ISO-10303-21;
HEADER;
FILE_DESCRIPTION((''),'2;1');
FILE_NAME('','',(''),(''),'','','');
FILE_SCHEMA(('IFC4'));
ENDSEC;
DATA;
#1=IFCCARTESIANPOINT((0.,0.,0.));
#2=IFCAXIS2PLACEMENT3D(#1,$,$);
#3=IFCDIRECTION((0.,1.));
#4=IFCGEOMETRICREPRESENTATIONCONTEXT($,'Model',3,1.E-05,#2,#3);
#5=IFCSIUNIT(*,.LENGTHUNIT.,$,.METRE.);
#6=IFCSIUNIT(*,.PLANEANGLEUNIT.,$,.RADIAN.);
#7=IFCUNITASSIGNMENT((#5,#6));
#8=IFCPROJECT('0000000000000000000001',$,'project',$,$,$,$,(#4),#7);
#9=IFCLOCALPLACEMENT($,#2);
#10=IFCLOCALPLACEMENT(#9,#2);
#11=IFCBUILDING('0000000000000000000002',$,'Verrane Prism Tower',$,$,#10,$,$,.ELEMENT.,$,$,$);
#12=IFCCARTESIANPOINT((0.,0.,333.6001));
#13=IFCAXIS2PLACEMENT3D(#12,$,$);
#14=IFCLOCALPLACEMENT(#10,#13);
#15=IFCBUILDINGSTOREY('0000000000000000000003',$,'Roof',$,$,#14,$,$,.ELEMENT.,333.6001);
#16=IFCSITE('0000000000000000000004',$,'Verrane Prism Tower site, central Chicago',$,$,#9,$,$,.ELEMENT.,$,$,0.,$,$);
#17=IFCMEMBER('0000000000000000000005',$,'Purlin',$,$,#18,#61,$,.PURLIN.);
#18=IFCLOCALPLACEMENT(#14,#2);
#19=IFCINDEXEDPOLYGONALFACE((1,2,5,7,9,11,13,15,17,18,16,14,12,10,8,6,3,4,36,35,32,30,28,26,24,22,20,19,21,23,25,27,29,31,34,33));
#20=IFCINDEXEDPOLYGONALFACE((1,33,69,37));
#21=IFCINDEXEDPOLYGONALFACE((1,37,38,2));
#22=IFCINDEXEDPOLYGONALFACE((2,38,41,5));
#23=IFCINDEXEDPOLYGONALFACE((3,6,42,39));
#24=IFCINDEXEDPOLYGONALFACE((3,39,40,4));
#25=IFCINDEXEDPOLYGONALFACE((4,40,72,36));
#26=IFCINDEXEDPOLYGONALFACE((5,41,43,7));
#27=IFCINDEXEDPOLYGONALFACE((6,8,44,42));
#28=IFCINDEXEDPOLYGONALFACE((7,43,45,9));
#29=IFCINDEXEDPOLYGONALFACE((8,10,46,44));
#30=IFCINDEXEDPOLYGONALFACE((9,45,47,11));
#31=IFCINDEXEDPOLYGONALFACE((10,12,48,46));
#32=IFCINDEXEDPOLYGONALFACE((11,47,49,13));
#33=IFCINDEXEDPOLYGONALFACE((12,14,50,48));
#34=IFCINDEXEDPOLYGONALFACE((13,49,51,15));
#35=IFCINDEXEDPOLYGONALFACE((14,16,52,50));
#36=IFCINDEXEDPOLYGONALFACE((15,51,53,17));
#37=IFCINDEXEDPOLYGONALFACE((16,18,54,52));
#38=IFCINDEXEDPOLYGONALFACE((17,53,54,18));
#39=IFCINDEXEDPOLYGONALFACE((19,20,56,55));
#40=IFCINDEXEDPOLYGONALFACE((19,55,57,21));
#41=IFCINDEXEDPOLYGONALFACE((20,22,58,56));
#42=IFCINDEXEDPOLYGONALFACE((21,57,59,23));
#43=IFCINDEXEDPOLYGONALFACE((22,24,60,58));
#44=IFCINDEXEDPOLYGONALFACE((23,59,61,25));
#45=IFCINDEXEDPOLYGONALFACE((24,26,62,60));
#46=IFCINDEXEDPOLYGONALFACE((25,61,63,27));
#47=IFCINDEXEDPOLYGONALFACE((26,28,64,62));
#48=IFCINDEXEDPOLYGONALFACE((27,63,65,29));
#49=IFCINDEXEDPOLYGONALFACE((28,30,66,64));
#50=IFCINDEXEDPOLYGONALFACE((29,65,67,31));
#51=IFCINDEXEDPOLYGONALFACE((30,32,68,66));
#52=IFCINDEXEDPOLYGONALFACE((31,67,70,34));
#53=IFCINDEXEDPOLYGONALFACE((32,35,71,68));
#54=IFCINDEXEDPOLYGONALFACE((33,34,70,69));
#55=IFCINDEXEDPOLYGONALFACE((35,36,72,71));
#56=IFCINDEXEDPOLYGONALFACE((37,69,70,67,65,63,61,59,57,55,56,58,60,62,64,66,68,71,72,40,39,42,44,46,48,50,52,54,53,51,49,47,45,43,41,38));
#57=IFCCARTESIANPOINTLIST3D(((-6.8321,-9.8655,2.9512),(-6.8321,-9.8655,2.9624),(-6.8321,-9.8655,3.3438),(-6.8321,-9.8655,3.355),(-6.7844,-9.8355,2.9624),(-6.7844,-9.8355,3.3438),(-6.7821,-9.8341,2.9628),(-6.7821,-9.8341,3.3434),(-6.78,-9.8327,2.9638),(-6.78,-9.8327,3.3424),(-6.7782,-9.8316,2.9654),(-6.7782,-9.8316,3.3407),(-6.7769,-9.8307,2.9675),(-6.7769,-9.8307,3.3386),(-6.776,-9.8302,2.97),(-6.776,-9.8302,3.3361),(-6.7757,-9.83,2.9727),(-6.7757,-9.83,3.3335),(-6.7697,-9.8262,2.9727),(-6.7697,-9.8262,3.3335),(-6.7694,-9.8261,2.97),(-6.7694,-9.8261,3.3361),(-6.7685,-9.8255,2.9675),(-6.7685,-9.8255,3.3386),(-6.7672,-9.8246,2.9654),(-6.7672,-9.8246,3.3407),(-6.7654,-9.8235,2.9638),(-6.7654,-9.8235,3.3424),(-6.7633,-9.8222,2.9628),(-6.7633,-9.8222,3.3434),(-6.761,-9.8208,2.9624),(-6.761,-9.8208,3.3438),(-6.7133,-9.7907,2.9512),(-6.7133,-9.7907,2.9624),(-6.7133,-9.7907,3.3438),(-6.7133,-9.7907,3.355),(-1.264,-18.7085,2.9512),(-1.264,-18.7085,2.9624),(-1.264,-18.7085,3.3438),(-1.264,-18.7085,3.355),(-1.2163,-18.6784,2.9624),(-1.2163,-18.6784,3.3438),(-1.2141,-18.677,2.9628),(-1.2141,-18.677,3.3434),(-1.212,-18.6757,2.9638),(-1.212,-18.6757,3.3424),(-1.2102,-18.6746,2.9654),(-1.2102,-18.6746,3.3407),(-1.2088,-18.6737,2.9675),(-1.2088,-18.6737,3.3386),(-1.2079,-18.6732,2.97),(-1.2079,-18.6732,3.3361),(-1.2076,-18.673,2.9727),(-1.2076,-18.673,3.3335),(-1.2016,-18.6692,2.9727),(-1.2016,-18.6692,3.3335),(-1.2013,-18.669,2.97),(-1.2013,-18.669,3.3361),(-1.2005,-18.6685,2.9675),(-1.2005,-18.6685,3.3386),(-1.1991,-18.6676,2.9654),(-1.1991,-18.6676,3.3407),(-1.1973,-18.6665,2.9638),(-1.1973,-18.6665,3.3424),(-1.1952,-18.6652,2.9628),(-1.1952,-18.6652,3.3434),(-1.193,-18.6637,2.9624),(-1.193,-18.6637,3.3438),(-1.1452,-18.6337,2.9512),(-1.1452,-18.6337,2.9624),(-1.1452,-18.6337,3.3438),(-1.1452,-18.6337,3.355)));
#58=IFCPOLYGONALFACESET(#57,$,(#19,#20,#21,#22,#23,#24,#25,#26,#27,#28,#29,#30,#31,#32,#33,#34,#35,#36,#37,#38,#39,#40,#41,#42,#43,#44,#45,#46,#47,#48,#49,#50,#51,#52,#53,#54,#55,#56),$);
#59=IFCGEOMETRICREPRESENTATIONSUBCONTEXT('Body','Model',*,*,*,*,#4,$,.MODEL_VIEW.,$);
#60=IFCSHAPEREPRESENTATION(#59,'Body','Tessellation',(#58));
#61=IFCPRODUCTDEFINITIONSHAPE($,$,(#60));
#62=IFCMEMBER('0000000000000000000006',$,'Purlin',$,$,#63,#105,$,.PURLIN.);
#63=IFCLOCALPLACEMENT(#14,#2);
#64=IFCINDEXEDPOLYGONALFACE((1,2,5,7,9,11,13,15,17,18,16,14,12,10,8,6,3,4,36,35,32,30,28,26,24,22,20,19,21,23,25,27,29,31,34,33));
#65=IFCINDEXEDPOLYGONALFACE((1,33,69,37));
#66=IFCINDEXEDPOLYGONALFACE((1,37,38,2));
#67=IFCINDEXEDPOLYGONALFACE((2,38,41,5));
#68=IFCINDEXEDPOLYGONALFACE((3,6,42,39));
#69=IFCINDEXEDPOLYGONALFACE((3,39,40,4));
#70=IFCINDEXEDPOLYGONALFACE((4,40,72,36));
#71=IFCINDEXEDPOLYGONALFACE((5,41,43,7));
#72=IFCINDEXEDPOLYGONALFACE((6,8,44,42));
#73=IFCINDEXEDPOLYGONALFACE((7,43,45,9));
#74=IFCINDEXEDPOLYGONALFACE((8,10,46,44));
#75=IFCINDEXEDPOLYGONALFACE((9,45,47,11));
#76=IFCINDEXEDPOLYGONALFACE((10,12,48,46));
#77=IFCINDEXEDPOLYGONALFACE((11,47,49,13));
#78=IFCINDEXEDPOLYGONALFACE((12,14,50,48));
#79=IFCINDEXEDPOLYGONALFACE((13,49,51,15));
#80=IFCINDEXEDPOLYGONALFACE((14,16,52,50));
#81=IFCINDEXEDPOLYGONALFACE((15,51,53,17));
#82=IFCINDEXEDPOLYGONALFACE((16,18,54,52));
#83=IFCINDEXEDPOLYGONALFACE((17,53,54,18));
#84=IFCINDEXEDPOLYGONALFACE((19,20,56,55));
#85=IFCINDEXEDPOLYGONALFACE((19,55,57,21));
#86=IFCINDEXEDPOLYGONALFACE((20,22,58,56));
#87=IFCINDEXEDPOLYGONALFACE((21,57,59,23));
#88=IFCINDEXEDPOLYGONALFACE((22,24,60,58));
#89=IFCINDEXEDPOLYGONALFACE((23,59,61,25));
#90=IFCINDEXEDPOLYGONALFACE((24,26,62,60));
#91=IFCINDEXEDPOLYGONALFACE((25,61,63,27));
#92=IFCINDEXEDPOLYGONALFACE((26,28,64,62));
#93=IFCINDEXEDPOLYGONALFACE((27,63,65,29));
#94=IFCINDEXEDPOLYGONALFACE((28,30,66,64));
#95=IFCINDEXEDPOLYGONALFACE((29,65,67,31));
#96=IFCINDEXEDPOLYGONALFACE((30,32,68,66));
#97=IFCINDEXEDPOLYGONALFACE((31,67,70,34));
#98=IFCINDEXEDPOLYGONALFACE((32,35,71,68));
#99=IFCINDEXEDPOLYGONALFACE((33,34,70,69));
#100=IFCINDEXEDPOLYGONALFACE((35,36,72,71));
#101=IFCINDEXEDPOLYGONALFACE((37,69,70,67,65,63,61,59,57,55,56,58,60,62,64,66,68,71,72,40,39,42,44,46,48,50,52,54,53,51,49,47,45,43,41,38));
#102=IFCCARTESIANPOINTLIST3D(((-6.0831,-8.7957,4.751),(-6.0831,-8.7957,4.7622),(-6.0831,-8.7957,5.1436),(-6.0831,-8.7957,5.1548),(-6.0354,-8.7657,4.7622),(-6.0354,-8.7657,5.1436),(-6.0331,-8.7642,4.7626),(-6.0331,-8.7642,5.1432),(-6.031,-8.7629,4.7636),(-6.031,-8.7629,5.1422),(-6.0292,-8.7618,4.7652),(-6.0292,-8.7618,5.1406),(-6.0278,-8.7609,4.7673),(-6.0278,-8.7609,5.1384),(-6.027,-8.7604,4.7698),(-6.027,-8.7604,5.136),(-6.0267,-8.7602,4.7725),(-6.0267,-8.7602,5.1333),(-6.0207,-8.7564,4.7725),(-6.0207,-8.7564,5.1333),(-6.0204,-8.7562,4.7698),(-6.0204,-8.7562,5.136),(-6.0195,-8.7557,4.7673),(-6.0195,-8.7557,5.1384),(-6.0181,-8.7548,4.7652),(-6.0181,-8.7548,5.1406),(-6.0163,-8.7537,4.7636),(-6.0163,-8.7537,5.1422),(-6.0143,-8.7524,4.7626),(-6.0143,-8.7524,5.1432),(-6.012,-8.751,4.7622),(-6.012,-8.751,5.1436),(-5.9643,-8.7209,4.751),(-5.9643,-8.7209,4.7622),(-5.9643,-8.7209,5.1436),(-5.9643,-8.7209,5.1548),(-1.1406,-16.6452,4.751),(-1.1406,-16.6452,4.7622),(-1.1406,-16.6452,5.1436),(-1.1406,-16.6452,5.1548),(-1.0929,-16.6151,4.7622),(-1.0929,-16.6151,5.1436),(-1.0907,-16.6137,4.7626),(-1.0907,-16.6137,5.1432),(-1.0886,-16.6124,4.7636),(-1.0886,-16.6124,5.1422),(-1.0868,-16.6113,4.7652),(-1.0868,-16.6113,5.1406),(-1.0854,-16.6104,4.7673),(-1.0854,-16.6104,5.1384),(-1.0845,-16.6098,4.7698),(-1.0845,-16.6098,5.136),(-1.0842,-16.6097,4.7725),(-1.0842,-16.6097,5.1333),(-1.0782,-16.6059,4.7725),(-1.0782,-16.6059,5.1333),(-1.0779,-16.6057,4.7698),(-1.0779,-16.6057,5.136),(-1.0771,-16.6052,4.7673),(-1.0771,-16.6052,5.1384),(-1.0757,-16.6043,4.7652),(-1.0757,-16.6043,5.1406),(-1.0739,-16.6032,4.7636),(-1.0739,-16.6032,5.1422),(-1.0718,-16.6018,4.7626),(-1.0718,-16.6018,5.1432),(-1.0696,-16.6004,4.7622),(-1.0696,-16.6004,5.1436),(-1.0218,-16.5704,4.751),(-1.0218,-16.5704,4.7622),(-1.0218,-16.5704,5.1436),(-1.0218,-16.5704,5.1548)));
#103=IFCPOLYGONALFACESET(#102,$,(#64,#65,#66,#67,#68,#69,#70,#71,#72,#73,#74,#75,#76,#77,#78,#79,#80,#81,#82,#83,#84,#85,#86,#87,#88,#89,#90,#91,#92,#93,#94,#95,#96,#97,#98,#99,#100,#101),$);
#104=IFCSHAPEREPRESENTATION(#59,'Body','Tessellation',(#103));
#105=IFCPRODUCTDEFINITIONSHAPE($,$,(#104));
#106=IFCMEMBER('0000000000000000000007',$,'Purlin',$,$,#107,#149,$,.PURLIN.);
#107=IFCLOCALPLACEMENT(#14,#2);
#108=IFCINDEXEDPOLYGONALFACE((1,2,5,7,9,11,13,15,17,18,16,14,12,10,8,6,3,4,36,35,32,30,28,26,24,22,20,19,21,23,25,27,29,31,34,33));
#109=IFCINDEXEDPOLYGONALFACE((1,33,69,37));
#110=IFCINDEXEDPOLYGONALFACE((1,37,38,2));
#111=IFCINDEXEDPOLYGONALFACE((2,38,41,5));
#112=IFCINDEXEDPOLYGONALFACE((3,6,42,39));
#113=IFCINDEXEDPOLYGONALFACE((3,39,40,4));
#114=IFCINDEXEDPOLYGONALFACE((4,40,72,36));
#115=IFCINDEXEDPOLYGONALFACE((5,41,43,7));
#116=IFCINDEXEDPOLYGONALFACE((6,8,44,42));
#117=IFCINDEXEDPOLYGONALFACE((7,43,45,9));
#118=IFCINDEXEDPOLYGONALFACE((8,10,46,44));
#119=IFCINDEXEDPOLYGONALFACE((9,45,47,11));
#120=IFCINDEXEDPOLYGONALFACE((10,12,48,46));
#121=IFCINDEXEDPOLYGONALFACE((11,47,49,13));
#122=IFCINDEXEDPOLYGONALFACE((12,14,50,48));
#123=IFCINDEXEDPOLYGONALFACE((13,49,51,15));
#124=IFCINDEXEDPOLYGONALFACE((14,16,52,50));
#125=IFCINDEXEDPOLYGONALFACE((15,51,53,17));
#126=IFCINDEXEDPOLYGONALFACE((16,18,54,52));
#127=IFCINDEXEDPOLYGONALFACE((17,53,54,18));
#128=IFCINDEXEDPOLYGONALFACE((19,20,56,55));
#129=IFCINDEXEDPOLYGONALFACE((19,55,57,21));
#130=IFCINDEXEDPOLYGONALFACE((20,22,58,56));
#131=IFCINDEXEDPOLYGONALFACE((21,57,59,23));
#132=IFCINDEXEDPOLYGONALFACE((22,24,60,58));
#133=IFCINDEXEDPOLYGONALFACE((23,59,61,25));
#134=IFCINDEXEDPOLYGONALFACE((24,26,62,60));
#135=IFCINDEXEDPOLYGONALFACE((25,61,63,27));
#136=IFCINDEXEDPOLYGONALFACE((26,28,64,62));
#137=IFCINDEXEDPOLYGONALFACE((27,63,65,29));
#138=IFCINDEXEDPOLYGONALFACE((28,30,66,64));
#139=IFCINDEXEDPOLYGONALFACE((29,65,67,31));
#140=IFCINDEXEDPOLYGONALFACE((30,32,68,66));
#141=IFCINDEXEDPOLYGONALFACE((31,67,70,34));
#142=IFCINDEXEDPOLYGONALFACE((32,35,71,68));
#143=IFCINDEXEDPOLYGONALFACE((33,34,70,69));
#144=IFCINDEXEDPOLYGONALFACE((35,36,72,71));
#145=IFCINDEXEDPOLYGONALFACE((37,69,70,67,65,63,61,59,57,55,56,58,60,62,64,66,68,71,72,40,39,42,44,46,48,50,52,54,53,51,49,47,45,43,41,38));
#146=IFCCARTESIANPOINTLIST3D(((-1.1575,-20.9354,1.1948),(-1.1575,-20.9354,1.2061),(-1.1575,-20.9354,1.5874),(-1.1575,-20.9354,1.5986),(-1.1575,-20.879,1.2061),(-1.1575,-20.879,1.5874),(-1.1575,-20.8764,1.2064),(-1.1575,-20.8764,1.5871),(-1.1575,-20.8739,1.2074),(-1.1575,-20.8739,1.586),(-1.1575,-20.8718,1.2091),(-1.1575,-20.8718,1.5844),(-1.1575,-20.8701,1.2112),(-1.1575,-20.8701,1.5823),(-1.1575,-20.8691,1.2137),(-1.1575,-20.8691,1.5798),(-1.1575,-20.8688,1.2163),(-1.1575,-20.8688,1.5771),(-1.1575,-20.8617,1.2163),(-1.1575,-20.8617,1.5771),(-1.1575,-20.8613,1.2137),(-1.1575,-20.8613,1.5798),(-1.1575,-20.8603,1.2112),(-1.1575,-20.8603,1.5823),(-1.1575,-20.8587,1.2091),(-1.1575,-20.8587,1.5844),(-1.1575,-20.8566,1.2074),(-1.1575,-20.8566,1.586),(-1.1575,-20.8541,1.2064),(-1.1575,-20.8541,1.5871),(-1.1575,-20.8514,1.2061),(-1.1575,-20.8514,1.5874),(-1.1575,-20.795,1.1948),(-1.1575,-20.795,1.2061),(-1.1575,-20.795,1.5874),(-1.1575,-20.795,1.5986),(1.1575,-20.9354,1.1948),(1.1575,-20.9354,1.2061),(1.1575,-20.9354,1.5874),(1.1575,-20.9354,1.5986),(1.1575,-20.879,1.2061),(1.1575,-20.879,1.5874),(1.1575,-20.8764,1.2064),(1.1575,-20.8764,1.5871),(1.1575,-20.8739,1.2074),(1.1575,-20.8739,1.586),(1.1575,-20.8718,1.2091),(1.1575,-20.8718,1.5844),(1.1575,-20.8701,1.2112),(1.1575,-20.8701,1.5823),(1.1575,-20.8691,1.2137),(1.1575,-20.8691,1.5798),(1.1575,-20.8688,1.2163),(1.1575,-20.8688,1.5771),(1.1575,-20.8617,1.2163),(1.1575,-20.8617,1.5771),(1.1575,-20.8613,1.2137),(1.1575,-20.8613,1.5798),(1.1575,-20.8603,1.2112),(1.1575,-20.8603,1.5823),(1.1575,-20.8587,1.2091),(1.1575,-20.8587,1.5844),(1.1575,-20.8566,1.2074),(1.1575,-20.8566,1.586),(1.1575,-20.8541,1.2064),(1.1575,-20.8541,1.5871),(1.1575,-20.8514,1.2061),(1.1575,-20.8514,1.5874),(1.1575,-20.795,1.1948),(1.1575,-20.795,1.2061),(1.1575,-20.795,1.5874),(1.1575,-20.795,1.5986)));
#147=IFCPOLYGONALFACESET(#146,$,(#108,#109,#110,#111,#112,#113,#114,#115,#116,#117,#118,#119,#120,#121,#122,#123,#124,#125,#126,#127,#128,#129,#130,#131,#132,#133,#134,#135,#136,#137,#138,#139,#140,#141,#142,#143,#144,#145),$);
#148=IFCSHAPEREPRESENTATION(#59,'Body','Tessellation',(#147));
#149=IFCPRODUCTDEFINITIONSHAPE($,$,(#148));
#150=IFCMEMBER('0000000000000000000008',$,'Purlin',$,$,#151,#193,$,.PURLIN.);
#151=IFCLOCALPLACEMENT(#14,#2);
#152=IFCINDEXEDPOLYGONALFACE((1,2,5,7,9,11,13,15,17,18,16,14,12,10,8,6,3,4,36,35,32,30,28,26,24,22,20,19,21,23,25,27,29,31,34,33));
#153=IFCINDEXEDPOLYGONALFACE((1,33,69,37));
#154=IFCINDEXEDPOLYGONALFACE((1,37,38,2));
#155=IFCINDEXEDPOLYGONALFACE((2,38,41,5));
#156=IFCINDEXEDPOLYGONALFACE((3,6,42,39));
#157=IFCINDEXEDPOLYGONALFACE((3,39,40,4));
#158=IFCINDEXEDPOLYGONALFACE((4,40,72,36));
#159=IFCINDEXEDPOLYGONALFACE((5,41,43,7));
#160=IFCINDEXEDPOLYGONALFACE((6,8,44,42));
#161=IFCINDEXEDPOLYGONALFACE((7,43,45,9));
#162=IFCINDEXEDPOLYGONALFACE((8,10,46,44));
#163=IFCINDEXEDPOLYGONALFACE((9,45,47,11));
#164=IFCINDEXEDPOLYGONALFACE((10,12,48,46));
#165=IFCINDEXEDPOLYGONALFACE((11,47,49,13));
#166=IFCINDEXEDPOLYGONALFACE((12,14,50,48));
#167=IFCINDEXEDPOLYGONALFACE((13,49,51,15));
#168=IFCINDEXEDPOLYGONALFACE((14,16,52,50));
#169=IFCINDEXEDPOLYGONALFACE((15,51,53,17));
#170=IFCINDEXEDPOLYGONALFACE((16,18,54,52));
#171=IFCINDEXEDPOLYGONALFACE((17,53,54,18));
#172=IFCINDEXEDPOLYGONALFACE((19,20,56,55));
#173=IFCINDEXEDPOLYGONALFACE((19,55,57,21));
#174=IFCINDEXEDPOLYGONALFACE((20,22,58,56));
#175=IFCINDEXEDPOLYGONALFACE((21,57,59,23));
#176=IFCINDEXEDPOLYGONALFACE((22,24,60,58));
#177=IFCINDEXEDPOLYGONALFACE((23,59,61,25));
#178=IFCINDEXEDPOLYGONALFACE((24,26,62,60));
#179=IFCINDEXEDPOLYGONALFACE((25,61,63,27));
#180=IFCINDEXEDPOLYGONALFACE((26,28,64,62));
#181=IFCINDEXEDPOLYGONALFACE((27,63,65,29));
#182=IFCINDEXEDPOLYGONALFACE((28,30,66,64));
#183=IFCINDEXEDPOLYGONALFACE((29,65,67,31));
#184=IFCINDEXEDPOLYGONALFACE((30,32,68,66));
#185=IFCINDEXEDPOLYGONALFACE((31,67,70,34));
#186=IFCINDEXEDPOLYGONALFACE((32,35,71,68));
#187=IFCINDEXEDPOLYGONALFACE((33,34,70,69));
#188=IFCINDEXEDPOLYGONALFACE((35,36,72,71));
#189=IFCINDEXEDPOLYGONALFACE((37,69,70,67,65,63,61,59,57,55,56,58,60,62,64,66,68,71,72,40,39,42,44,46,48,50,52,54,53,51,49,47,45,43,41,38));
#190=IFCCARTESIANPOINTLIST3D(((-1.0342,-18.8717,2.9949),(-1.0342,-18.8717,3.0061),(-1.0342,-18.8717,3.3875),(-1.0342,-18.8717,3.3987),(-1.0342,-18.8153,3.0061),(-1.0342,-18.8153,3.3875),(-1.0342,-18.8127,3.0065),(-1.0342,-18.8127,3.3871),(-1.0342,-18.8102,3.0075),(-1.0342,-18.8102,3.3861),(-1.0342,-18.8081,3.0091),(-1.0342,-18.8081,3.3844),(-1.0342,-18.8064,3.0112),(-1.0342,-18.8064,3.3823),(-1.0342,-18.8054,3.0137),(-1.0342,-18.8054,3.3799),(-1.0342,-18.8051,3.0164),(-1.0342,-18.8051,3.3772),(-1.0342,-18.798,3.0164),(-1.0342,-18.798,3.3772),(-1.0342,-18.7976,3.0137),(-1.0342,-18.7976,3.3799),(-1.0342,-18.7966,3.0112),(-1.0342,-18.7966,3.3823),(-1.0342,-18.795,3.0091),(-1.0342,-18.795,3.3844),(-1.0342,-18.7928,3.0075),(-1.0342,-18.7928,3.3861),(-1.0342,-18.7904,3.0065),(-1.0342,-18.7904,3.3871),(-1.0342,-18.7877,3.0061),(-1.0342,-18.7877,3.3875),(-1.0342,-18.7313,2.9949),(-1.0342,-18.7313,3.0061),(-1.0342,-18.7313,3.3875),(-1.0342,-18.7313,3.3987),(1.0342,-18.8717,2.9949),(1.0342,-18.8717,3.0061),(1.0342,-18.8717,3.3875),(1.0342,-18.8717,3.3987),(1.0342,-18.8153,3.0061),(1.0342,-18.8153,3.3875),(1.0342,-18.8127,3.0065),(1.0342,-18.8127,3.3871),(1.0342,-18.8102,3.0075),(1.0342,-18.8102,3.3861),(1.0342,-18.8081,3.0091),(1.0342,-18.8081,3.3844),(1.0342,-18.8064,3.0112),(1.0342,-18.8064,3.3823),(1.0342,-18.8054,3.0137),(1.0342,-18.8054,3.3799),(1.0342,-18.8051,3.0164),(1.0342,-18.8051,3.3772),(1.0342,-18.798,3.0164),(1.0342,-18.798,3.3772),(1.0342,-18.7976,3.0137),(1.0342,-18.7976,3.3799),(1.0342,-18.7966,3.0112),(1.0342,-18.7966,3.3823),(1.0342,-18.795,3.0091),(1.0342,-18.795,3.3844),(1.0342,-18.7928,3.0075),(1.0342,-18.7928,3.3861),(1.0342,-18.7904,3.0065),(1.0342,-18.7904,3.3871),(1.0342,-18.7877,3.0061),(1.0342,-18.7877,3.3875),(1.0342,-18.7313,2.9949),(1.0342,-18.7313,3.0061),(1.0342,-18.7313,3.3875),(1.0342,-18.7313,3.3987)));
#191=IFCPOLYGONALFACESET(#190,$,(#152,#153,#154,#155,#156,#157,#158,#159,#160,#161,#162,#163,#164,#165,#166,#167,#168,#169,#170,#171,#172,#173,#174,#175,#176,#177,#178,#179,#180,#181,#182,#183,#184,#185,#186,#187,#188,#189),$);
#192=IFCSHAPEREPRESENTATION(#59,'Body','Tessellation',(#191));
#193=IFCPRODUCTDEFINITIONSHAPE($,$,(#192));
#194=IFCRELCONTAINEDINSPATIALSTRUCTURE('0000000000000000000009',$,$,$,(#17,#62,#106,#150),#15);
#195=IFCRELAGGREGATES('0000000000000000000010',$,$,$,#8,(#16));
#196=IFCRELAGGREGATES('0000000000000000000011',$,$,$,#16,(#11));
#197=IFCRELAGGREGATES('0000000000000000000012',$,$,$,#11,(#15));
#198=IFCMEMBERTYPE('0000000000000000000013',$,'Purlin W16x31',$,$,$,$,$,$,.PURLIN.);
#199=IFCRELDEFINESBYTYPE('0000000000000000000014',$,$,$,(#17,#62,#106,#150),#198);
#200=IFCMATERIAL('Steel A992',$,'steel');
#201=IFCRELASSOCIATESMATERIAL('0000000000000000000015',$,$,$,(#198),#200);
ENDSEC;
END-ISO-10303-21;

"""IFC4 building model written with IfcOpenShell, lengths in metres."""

from ifc_helpers import new_model, si_unit, direction, frame, origin, origin_2d, place, context, subcontext, project, spatial, i_section, extrude, material, material_profile, profile_set, type_object, element, save


model = new_model("IFC4")

# Units and contexts
model_context = context("Model", 3, precision=1e-05, world=origin(), true_north=direction((0.0, 1.0)))
body_context = subcontext(model_context, "Body", "Model", "MODEL_VIEW")
ifc_project = project(units=[si_unit("LENGTHUNIT", "METRE"), si_unit("PLANEANGLEUNIT", "RADIAN")], contexts=[model_context])

# Site, building, storey
site_placement = place(None, origin())
site = spatial("IfcSite", under=ifc_project, at=site_placement, Name="Verrane Prism Tower site, central Chicago", CompositionType="ELEMENT", RefElevation=0.0)
building_placement = place(site_placement, origin())
building = spatial("IfcBuilding", under=site, at=building_placement, Name="Verrane Prism Tower", CompositionType="ELEMENT")
storey_placement = place(building_placement, frame((0.0, 0.0, 333.6001)))
storey = spatial("IfcBuildingStorey", under=building, at=storey_placement, Name="Roof", CompositionType="ELEMENT", Elevation=333.6001)

# Members
ifc_material_1 = material(Name="Steel A992", Category="steel")
ifc_material_profile_1 = material_profile(ifc_material_1, i_section(OverallWidth=0.1404, OverallDepth=0.4038, WebThickness=0.0071, FlangeThickness=0.0112, FilletRadius=0.0103, at=origin_2d()), Name="W16x31")
ifc_profile_set_1 = profile_set([ifc_material_profile_1], Name="Steel A992")
member_type_1 = type_object("IfcMemberType", Name="Purlin W16x31", PredefinedType="PURLIN", material=ifc_profile_set_1)
member_1_placement = place(storey_placement, frame((-6.7727, -9.8281, 3.1531), z_axis=(0.532833, -0.84622, 0.0), x_axis=(0.84622, 0.532833, 0.0)))
element("IfcMember", 1, at=member_1_placement, inside=storey, type_object=member_type_1, Name="Purlin", PredefinedType="PURLIN", context=body_context, shape_type="SweptSolid", body=[
    extrude(i_section(OverallWidth=0.1404, OverallDepth=0.4038, WebThickness=0.0071, FlangeThickness=0.0112, FilletRadius=0.0103, at=origin_2d()), origin(), (0.0, 0.0, 1.0), 10.45),
])
member_2_placement = place(storey_placement, frame((-6.0237, -8.7583, 4.9529), z_axis=(0.532828, -0.846224, 0.0), x_axis=(0.846224, 0.532828, 0.0)))
element("IfcMember", 2, at=member_2_placement, inside=storey, type_object=member_type_1, Name="Purlin", PredefinedType="PURLIN", context=body_context, shape_type="SweptSolid", body=[
    extrude(i_section(OverallWidth=0.1404, OverallDepth=0.4038, WebThickness=0.0071, FlangeThickness=0.0112, FilletRadius=0.0103, at=origin_2d()), origin(), (0.0, 0.0, 1.0), 9.2759),
])
member_3_placement = place(storey_placement, frame((-1.1575, -20.8652, 1.3967), z_axis=(1.0, 0.0, 0.0), x_axis=(0.0, 1.0, 0.0)))
element("IfcMember", 3, at=member_3_placement, inside=storey, type_object=member_type_1, Name="Purlin", PredefinedType="PURLIN", context=body_context, shape_type="SweptSolid", body=[
    extrude(i_section(OverallWidth=0.1404, OverallDepth=0.4038, WebThickness=0.0071, FlangeThickness=0.0112, FilletRadius=0.0103, at=origin_2d()), origin(), (0.0, 0.0, 1.0), 2.3149),
])
member_4_placement = place(storey_placement, frame((-1.0342, -18.8015, 3.1968), z_axis=(1.0, 0.0, 0.0), x_axis=(0.0, 1.0, 0.0)))
element("IfcMember", 4, at=member_4_placement, inside=storey, type_object=member_type_1, Name="Purlin", PredefinedType="PURLIN", context=body_context, shape_type="SweptSolid", body=[
    extrude(i_section(OverallWidth=0.1404, OverallDepth=0.4038, WebThickness=0.0071, FlangeThickness=0.0112, FilletRadius=0.0103, at=origin_2d()), origin(), (0.0, 0.0, 1.0), 2.0684),
])

save(model, "model.ifc")
